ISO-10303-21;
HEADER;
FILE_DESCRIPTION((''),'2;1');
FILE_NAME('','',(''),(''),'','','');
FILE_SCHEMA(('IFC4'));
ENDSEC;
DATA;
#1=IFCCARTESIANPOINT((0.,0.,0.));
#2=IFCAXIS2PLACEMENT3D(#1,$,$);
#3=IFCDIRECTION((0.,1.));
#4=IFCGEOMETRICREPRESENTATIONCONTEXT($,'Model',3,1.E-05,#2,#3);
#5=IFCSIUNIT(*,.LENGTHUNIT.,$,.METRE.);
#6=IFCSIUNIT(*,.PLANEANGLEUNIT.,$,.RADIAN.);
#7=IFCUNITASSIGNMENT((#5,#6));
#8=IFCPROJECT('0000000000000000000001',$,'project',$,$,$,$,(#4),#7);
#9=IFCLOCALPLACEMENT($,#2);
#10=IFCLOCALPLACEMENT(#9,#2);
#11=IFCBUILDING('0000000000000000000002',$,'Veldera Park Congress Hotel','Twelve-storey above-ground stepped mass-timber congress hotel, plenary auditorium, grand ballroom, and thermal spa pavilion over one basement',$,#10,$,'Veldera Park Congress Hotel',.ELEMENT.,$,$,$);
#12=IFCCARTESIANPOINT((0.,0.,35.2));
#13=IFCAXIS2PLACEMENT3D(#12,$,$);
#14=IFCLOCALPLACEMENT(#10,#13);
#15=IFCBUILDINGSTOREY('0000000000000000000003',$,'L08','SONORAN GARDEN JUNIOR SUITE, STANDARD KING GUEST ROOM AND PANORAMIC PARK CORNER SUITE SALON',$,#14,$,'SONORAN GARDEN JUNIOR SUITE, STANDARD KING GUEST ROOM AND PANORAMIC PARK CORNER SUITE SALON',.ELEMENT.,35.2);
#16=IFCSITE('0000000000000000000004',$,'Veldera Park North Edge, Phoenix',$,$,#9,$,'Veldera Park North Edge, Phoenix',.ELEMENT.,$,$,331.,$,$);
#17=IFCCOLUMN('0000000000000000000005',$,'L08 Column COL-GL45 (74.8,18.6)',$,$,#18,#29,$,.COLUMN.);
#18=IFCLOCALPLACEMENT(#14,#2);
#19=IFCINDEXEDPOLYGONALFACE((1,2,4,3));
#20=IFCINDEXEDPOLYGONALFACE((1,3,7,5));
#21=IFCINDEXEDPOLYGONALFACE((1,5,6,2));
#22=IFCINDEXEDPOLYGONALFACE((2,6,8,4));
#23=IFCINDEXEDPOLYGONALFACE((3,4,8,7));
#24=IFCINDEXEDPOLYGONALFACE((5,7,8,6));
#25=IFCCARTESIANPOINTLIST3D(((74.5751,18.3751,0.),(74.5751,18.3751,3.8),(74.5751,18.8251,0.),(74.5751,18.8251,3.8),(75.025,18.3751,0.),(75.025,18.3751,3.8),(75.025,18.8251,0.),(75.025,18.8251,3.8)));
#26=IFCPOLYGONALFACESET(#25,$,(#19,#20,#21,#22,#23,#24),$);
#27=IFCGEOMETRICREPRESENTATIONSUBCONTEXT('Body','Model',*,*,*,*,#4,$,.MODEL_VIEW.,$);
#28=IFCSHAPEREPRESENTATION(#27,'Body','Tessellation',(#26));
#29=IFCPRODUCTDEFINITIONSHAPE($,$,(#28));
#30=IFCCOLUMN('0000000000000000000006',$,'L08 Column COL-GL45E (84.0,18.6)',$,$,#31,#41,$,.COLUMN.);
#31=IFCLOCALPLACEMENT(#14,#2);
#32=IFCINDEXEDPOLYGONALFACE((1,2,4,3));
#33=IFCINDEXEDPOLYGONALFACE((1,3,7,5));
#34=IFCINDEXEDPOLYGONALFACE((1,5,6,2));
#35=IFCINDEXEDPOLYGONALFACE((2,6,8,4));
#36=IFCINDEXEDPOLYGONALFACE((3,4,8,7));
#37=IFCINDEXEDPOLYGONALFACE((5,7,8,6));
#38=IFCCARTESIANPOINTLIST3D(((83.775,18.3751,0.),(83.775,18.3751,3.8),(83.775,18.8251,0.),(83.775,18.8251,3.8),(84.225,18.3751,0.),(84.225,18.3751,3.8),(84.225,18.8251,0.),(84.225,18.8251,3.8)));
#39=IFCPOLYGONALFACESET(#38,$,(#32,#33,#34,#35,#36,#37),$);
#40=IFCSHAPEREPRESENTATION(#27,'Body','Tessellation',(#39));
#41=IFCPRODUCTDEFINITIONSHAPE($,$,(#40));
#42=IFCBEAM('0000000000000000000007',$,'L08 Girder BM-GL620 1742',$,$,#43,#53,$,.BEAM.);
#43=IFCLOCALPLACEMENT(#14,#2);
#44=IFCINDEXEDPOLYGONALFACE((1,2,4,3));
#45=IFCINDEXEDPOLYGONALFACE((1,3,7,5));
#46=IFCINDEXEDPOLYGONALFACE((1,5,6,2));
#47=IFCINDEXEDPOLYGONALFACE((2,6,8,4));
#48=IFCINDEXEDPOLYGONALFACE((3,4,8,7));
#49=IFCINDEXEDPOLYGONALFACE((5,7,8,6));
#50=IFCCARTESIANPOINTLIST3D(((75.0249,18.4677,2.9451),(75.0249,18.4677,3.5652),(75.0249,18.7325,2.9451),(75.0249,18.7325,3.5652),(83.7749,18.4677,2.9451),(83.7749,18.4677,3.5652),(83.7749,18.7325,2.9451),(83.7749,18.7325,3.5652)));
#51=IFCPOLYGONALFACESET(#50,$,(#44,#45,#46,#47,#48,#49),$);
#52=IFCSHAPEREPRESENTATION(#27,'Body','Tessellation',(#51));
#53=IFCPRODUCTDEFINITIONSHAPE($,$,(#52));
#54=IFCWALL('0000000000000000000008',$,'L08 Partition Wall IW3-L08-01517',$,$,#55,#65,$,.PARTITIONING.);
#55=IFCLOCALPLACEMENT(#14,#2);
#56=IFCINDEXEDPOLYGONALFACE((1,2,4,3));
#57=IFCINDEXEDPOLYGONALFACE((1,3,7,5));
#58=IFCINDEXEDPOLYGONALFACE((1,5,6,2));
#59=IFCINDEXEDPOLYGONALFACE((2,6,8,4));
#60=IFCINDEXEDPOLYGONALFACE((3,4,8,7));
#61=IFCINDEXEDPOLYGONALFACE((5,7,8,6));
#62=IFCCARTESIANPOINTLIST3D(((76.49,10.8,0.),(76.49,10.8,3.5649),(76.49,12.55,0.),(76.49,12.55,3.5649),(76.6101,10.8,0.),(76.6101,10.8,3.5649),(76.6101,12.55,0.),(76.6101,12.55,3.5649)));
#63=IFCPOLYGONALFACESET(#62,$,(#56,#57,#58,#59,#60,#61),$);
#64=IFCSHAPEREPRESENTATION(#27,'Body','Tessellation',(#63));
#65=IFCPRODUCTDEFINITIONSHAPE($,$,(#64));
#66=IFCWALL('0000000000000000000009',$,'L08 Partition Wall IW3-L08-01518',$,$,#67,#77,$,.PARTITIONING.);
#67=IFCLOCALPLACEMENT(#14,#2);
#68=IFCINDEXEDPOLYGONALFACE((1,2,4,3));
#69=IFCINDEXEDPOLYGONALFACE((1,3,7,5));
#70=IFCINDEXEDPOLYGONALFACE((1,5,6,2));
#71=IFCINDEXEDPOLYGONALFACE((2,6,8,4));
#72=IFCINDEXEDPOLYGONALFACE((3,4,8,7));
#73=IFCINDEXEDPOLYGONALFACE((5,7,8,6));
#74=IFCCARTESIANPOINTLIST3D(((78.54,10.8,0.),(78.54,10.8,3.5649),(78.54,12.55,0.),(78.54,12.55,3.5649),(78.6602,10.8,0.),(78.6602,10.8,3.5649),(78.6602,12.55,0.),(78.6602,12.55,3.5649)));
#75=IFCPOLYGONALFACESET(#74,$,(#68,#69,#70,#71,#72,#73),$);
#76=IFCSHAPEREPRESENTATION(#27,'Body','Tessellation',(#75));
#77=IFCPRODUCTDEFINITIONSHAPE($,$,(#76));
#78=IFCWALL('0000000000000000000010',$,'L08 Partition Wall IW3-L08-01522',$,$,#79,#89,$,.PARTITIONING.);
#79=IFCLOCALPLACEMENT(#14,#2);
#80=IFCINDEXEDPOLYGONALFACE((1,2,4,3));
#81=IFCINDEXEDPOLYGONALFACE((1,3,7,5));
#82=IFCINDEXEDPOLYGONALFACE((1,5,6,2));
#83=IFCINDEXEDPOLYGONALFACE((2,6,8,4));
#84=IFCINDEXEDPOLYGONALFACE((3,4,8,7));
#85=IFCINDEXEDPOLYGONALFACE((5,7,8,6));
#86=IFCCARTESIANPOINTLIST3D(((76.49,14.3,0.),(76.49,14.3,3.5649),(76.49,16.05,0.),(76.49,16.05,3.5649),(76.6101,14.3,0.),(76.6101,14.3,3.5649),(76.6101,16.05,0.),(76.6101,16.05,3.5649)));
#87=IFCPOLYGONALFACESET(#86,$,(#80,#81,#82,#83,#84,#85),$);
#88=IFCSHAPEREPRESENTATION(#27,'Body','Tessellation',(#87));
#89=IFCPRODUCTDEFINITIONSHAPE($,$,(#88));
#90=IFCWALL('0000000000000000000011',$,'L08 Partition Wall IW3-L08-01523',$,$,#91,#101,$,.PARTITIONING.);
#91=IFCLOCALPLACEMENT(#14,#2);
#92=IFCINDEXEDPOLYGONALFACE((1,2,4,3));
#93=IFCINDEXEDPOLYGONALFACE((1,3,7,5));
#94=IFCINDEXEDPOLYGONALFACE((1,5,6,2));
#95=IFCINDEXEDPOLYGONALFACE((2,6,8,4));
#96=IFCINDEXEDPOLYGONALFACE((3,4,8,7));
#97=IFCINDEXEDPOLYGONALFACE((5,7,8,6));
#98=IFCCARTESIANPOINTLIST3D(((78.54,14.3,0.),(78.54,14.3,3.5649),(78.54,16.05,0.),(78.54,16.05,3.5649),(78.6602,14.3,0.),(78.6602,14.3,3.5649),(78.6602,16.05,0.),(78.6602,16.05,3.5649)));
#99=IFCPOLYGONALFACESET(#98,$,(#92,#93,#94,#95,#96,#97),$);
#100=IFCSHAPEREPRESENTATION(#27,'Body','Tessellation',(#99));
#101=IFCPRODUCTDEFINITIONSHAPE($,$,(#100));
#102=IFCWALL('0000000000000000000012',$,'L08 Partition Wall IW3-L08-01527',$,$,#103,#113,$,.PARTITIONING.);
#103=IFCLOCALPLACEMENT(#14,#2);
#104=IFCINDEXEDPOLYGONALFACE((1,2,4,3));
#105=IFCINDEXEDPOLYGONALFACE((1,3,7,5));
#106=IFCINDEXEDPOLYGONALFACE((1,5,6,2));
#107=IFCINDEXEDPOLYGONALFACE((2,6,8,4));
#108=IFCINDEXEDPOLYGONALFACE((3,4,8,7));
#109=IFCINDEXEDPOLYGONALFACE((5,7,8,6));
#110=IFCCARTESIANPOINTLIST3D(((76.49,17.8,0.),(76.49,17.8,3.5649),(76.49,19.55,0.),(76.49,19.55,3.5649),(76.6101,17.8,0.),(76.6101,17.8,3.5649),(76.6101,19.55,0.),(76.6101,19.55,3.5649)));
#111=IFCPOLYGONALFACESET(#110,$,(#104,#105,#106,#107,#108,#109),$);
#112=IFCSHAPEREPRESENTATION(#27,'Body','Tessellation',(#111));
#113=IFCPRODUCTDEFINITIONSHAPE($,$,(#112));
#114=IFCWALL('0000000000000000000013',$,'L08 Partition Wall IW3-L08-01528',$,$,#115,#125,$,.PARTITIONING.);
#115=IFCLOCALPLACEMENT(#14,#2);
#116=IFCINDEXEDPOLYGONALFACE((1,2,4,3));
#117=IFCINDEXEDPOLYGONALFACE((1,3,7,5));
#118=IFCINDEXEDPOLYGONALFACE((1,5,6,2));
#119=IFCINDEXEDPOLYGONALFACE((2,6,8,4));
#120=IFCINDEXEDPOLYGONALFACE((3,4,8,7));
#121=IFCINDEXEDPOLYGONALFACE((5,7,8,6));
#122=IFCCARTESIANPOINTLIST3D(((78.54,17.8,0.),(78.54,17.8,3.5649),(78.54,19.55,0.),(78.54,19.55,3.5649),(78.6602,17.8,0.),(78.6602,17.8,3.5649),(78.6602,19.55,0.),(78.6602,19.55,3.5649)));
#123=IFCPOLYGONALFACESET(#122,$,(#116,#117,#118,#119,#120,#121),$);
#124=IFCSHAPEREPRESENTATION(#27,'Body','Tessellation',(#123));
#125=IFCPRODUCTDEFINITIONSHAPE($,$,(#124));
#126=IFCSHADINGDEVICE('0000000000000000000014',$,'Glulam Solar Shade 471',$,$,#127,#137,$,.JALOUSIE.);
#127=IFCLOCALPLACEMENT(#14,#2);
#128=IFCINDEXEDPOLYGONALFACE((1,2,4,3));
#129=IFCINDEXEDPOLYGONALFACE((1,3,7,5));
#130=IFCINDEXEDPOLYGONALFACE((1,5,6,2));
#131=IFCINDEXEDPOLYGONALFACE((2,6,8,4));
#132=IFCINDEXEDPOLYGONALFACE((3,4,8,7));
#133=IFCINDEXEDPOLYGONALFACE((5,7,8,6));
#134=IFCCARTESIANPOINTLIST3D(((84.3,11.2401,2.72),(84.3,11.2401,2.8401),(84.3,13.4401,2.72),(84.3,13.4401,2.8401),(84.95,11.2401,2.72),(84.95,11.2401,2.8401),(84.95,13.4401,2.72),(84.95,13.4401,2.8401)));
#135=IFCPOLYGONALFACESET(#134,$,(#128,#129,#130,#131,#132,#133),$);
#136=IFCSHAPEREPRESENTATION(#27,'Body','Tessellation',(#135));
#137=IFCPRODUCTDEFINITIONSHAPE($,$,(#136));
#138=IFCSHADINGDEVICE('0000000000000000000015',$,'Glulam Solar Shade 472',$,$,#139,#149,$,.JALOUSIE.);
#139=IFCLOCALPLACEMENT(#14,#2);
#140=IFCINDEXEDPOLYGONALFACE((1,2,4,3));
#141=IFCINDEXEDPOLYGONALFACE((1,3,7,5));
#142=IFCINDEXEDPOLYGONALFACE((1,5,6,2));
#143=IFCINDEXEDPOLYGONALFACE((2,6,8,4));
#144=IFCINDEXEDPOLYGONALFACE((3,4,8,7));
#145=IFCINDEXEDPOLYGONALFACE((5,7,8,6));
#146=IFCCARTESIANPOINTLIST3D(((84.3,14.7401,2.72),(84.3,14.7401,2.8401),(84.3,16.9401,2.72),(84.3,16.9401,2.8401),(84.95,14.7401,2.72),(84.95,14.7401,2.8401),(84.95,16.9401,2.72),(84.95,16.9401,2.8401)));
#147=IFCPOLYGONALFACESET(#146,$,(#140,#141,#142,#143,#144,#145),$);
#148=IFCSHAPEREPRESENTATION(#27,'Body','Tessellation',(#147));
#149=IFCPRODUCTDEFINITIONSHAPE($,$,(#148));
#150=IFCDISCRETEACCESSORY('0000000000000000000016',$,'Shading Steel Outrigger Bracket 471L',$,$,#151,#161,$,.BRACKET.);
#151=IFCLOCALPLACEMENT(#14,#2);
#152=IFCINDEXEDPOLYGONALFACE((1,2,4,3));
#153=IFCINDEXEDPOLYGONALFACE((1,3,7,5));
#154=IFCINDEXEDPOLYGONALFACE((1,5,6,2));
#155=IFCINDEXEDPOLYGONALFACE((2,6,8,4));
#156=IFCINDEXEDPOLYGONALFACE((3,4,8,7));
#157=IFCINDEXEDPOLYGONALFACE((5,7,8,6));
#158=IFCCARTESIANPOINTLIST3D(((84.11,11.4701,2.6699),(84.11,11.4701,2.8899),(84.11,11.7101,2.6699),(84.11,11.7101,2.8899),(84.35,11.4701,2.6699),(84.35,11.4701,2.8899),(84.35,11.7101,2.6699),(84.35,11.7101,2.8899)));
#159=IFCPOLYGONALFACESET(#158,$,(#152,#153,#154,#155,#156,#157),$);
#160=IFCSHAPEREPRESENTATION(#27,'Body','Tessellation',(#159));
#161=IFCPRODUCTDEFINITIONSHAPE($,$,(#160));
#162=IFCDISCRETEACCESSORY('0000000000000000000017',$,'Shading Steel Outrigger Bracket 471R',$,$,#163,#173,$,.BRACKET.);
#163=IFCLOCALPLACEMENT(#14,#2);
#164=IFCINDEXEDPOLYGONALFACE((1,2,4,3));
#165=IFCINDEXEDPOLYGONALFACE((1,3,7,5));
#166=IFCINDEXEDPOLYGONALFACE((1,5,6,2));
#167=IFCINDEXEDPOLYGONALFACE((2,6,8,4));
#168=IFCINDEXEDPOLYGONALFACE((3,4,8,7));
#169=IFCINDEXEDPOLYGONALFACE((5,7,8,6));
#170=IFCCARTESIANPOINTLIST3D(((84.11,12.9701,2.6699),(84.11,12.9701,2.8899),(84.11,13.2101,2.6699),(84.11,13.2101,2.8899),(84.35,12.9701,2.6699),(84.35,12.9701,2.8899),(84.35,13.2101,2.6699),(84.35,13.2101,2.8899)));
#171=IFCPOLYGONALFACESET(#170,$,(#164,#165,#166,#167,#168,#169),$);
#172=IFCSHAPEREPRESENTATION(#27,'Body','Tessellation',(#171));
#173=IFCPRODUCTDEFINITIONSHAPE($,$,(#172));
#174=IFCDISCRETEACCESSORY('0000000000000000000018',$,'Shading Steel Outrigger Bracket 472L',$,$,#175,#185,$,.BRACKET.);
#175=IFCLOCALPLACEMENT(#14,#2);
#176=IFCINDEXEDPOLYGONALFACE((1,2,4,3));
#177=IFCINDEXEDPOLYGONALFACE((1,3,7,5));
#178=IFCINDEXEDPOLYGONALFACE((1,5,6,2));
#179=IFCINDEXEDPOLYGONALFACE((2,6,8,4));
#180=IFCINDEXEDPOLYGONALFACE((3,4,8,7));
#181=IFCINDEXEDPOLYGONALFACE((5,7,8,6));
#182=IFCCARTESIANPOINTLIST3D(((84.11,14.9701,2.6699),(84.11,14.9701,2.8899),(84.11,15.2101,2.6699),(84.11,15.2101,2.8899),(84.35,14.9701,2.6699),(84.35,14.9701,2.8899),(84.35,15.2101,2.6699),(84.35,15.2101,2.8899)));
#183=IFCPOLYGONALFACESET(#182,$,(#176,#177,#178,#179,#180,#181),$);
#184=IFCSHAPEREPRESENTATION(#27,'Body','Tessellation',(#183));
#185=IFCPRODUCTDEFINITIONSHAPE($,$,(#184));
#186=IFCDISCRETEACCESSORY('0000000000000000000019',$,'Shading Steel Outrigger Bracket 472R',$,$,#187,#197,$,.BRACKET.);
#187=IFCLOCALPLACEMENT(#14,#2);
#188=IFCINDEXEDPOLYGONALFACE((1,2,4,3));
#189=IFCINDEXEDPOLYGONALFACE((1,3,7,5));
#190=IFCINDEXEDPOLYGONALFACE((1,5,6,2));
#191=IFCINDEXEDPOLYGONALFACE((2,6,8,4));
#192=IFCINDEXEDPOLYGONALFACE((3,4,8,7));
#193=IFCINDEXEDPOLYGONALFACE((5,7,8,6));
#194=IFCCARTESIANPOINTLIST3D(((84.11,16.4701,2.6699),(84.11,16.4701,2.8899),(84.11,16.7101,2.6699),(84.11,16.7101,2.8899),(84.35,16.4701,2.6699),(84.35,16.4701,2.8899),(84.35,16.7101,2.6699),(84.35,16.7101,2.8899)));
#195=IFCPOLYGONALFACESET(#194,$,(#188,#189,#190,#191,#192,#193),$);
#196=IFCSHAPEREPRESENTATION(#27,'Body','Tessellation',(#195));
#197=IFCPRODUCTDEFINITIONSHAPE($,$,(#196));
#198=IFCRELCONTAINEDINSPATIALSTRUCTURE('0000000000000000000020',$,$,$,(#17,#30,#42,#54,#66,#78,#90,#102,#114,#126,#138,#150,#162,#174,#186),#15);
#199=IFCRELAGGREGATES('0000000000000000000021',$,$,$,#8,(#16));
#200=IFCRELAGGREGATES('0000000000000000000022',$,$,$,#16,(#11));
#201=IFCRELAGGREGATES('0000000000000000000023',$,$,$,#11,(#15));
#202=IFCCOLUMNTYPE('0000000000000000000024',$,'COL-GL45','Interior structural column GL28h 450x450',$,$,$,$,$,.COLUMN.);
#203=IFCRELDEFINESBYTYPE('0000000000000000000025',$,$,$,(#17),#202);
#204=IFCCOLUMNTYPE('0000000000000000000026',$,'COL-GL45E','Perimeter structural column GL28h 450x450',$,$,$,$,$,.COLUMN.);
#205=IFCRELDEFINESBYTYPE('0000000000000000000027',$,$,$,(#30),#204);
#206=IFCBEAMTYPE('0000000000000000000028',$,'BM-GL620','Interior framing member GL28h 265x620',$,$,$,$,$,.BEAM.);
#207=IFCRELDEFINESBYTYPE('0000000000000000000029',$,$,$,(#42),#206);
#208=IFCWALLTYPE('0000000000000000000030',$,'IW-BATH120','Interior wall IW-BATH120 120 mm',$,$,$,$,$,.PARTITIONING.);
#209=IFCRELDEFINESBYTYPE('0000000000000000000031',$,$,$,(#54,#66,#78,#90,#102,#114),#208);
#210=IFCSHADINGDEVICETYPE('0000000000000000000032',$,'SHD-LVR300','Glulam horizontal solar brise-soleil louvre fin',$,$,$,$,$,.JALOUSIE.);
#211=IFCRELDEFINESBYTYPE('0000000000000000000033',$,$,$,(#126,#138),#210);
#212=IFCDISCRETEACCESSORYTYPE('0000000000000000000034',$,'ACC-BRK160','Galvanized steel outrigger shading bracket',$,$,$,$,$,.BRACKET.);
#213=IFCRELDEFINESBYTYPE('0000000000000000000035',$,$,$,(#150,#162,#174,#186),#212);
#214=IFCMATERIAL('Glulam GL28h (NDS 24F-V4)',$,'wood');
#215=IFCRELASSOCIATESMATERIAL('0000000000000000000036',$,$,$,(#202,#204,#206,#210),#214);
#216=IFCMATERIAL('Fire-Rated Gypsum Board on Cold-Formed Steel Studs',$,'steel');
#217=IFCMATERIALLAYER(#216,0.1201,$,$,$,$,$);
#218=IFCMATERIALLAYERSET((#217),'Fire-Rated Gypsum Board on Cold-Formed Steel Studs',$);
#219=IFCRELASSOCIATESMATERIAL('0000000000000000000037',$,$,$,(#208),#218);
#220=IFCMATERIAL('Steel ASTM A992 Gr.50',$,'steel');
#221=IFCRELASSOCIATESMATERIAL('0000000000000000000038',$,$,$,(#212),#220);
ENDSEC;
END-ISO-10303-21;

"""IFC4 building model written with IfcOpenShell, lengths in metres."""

from ifc_helpers import new_model, si_unit, direction, frame, frame_2d, origin, origin_2d, place, context, subcontext, project, spatial, rectangle, extrude, material, layer, layer_set, material_profile, profile_set, type_object, element, save


model = new_model("IFC4")

# Units and contexts
model_context = context("Model", 3, precision=1e-05, world=origin(), true_north=direction((0.0, 1.0)))
body_context = subcontext(model_context, "Body", "Model", "MODEL_VIEW")
ifc_project = project(units=[si_unit("LENGTHUNIT", "METRE"), si_unit("PLANEANGLEUNIT", "RADIAN")], contexts=[model_context])

# Site, building, storey
site_placement = place(None, origin())
site = spatial("IfcSite", under=ifc_project, at=site_placement, Name="Veldera Park North Edge, Phoenix", LongName="Veldera Park North Edge, Phoenix", CompositionType="ELEMENT", RefElevation=331.0)
building_placement = place(site_placement, origin())
building = spatial("IfcBuilding", under=site, at=building_placement, Name="Veldera Park Congress Hotel", Description="Twelve-storey above-ground stepped mass-timber congress hotel, plenary auditorium, grand ballroom, and thermal spa pavilion over one basement", LongName="Veldera Park Congress Hotel", CompositionType="ELEMENT")
storey_placement = place(building_placement, frame((0.0, 0.0, 35.2)))
storey = spatial("IfcBuildingStorey", under=building, at=storey_placement, Name="L08", Description="SONORAN GARDEN JUNIOR SUITE, STANDARD KING GUEST ROOM AND PANORAMIC PARK CORNER SUITE SALON", LongName="SONORAN GARDEN JUNIOR SUITE, STANDARD KING GUEST ROOM AND PANORAMIC PARK CORNER SUITE SALON", CompositionType="ELEMENT", Elevation=35.2)

# Columns
ifc_material_1 = material(Name="Glulam GL28h (NDS 24F-V4)", Category="wood")
ifc_material_profile_1 = material_profile(ifc_material_1, rectangle(XDim=0.45, YDim=0.45, at=origin_2d()), Name="GL28h 450x450")
ifc_profile_set_1 = profile_set([ifc_material_profile_1], Name="Glulam GL28h (NDS 24F-V4)")
column_type_1 = type_object("IfcColumnType", Name="COL-GL45", Description="Interior structural column GL28h 450x450", PredefinedType="COLUMN", material=ifc_profile_set_1)
column_1_placement = place(storey_placement, frame((74.8, 18.6001, 0.0), z_axis=(0.0, 0.0, 1.0), x_axis=(1.0, 0.0, 0.0)))
element("IfcColumn", 1, at=column_1_placement, inside=storey, type_object=column_type_1, Name="L08 Column COL-GL45 (74.8,18.6)", PredefinedType="COLUMN", context=body_context, shape_type="SweptSolid", body=[
    extrude(rectangle(XDim=0.45, YDim=0.45, at=origin_2d()), origin(), (0.0, 0.0, 1.0), 3.8),
])
ifc_material_profile_2 = material_profile(ifc_material_1, rectangle(XDim=0.45, YDim=0.45, at=origin_2d()), Name="GL28h 450x450")
ifc_profile_set_2 = profile_set([ifc_material_profile_2], Name="Glulam GL28h (NDS 24F-V4)")
column_type_2 = type_object("IfcColumnType", Name="COL-GL45E", Description="Perimeter structural column GL28h 450x450", PredefinedType="COLUMN", material=ifc_profile_set_2)
column_2_placement = place(storey_placement, frame((84.0, 18.6001, 0.0), z_axis=(0.0, 0.0, 1.0), x_axis=(1.0, 0.0, 0.0)))
element("IfcColumn", 2, at=column_2_placement, inside=storey, type_object=column_type_2, Name="L08 Column COL-GL45E (84.0,18.6)", PredefinedType="COLUMN", context=body_context, shape_type="SweptSolid", body=[
    extrude(rectangle(XDim=0.45, YDim=0.45, at=origin_2d()), origin(), (0.0, 0.0, 1.0), 3.8),
])

# Beam
ifc_material_profile_3 = material_profile(ifc_material_1, rectangle(XDim=0.2649, YDim=0.6201, at=origin_2d()), Name="GL28h 265x620")
ifc_profile_set_3 = profile_set([ifc_material_profile_3], Name="Glulam GL28h (NDS 24F-V4)")
beam_type = type_object("IfcBeamType", Name="BM-GL620", Description="Interior framing member GL28h 265x620", PredefinedType="BEAM", material=ifc_profile_set_3)
beam_placement = place(storey_placement, frame((75.0249, 18.6001, 3.2551), z_axis=(1.0, 0.0, 0.0), x_axis=(0.0, 1.0, 0.0)))
element("IfcBeam", 3, at=beam_placement, inside=storey, type_object=beam_type, Name="L08 Girder BM-GL620 1742", PredefinedType="BEAM", context=body_context, shape_type="SweptSolid", body=[
    extrude(rectangle(XDim=0.2649, YDim=0.6201, at=origin_2d()), origin(), (0.0, 0.0, 1.0), 8.75),
])

# Walls
ifc_material_2 = material(Name="Fire-Rated Gypsum Board on Cold-Formed Steel Studs", Category="steel")
ifc_layer = layer(ifc_material_2, 0.1201)
ifc_layer_set = layer_set([ifc_layer], Name="Fire-Rated Gypsum Board on Cold-Formed Steel Studs")
wall_type = type_object("IfcWallType", Name="IW-BATH120", Description="Interior wall IW-BATH120 120 mm", PredefinedType="PARTITIONING", material=ifc_layer_set)
for number, where, z_axis, x_axis, name in (
    (4, (76.55, 10.8, 0.0), (0.0, 0.0, 1.0), (0.0, 1.0, 0.0), "L08 Partition Wall IW3-L08-01517"),
    (5, (78.6001, 10.8, 0.0), (0.0, 0.0, 1.0), (0.0, 1.0, 0.0), "L08 Partition Wall IW3-L08-01518"),
):
    element("IfcWall", number, at=place(storey_placement, frame(where, z_axis=z_axis, x_axis=x_axis)), inside=storey, type_object=wall_type, Name=name, PredefinedType="PARTITIONING", context=body_context, shape_type="SweptSolid", body=[
        extrude(rectangle(XDim=1.75, YDim=0.1201, at=frame_2d((0.875, 0.0))), origin(), (0.0, 0.0, 1.0), 3.5649),
    ])

# Walls
for number, where, z_axis, x_axis, name in (
    (6, (76.55, 14.3, 0.0), (0.0, 0.0, 1.0), (0.0, 1.0, 0.0), "L08 Partition Wall IW3-L08-01522"),
    (7, (78.6001, 14.3, 0.0), (0.0, 0.0, 1.0), (0.0, 1.0, 0.0), "L08 Partition Wall IW3-L08-01523"),
):
    element("IfcWall", number, at=place(storey_placement, frame(where, z_axis=z_axis, x_axis=x_axis)), inside=storey, type_object=wall_type, Name=name, PredefinedType="PARTITIONING", context=body_context, shape_type="SweptSolid", body=[
        extrude(rectangle(XDim=1.75, YDim=0.1201, at=frame_2d((0.875, 0.0))), origin(), (0.0, 0.0, 1.0), 3.5649),
    ])

# Walls
for number, where, z_axis, x_axis, name in (
    (8, (76.55, 17.8, 0.0), (0.0, 0.0, 1.0), (0.0, 1.0, 0.0), "L08 Partition Wall IW3-L08-01527"),
    (9, (78.6001, 17.8, 0.0), (0.0, 0.0, 1.0), (0.0, 1.0, 0.0), "L08 Partition Wall IW3-L08-01528"),
):
    element("IfcWall", number, at=place(storey_placement, frame(where, z_axis=z_axis, x_axis=x_axis)), inside=storey, type_object=wall_type, Name=name, PredefinedType="PARTITIONING", context=body_context, shape_type="SweptSolid", body=[
        extrude(rectangle(XDim=1.75, YDim=0.1201, at=frame_2d((0.875, 0.0))), origin(), (0.0, 0.0, 1.0), 3.5649),
    ])

# Shading devices
shading_device_type = type_object("IfcShadingDeviceType", Name="SHD-LVR300", Description="Glulam horizontal solar brise-soleil louvre fin", PredefinedType="JALOUSIE", material=ifc_material_1)
for number, where, z_axis, x_axis, name in (
    (10, (84.625, 12.3401, 2.72), (0.0, 0.0, 1.0), (0.0, 1.0, 0.0), "Glulam Solar Shade 471"),
    (11, (84.625, 15.8401, 2.72), (0.0, 0.0, 1.0), (0.0, 1.0, 0.0), "Glulam Solar Shade 472"),
):
    element("IfcShadingDevice", number, at=place(storey_placement, frame(where, z_axis=z_axis, x_axis=x_axis)), inside=storey, type_object=shading_device_type, Name=name, PredefinedType="JALOUSIE", context=body_context, shape_type="SweptSolid", body=[
        extrude(rectangle(XDim=2.2, YDim=0.6499, at=origin_2d()), origin(), (0.0, 0.0, 1.0), 0.1201),
    ])

# Discrete accessories
ifc_material_3 = material(Name="Steel ASTM A992 Gr.50", Category="steel")
discrete_accessory_type = type_object("IfcDiscreteAccessoryType", Name="ACC-BRK160", Description="Galvanized steel outrigger shading bracket", PredefinedType="BRACKET", material=ifc_material_3)
for number, where, z_axis, x_axis, name in (
    (12, (84.23, 11.5901, 2.6699), (0.0, 0.0, 1.0), (0.0, 1.0, 0.0), "Shading Steel Outrigger Bracket 471L"),
    (13, (84.23, 13.0901, 2.6699), (0.0, 0.0, 1.0), (0.0, 1.0, 0.0), "Shading Steel Outrigger Bracket 471R"),
    (14, (84.23, 15.0901, 2.6699), (0.0, 0.0, 1.0), (0.0, 1.0, 0.0), "Shading Steel Outrigger Bracket 472L"),
    (15, (84.23, 16.5901, 2.6699), (0.0, 0.0, 1.0), (0.0, 1.0, 0.0), "Shading Steel Outrigger Bracket 472R"),
):
    element("IfcDiscreteAccessory", number, at=place(storey_placement, frame(where, z_axis=z_axis, x_axis=x_axis)), inside=storey, type_object=discrete_accessory_type, Name=name, PredefinedType="BRACKET", context=body_context, shape_type="SweptSolid", body=[
        extrude(rectangle(XDim=0.24, YDim=0.24, at=origin_2d()), origin(), (0.0, 0.0, 1.0), 0.22),
    ])

save(model, "model.ifc")
